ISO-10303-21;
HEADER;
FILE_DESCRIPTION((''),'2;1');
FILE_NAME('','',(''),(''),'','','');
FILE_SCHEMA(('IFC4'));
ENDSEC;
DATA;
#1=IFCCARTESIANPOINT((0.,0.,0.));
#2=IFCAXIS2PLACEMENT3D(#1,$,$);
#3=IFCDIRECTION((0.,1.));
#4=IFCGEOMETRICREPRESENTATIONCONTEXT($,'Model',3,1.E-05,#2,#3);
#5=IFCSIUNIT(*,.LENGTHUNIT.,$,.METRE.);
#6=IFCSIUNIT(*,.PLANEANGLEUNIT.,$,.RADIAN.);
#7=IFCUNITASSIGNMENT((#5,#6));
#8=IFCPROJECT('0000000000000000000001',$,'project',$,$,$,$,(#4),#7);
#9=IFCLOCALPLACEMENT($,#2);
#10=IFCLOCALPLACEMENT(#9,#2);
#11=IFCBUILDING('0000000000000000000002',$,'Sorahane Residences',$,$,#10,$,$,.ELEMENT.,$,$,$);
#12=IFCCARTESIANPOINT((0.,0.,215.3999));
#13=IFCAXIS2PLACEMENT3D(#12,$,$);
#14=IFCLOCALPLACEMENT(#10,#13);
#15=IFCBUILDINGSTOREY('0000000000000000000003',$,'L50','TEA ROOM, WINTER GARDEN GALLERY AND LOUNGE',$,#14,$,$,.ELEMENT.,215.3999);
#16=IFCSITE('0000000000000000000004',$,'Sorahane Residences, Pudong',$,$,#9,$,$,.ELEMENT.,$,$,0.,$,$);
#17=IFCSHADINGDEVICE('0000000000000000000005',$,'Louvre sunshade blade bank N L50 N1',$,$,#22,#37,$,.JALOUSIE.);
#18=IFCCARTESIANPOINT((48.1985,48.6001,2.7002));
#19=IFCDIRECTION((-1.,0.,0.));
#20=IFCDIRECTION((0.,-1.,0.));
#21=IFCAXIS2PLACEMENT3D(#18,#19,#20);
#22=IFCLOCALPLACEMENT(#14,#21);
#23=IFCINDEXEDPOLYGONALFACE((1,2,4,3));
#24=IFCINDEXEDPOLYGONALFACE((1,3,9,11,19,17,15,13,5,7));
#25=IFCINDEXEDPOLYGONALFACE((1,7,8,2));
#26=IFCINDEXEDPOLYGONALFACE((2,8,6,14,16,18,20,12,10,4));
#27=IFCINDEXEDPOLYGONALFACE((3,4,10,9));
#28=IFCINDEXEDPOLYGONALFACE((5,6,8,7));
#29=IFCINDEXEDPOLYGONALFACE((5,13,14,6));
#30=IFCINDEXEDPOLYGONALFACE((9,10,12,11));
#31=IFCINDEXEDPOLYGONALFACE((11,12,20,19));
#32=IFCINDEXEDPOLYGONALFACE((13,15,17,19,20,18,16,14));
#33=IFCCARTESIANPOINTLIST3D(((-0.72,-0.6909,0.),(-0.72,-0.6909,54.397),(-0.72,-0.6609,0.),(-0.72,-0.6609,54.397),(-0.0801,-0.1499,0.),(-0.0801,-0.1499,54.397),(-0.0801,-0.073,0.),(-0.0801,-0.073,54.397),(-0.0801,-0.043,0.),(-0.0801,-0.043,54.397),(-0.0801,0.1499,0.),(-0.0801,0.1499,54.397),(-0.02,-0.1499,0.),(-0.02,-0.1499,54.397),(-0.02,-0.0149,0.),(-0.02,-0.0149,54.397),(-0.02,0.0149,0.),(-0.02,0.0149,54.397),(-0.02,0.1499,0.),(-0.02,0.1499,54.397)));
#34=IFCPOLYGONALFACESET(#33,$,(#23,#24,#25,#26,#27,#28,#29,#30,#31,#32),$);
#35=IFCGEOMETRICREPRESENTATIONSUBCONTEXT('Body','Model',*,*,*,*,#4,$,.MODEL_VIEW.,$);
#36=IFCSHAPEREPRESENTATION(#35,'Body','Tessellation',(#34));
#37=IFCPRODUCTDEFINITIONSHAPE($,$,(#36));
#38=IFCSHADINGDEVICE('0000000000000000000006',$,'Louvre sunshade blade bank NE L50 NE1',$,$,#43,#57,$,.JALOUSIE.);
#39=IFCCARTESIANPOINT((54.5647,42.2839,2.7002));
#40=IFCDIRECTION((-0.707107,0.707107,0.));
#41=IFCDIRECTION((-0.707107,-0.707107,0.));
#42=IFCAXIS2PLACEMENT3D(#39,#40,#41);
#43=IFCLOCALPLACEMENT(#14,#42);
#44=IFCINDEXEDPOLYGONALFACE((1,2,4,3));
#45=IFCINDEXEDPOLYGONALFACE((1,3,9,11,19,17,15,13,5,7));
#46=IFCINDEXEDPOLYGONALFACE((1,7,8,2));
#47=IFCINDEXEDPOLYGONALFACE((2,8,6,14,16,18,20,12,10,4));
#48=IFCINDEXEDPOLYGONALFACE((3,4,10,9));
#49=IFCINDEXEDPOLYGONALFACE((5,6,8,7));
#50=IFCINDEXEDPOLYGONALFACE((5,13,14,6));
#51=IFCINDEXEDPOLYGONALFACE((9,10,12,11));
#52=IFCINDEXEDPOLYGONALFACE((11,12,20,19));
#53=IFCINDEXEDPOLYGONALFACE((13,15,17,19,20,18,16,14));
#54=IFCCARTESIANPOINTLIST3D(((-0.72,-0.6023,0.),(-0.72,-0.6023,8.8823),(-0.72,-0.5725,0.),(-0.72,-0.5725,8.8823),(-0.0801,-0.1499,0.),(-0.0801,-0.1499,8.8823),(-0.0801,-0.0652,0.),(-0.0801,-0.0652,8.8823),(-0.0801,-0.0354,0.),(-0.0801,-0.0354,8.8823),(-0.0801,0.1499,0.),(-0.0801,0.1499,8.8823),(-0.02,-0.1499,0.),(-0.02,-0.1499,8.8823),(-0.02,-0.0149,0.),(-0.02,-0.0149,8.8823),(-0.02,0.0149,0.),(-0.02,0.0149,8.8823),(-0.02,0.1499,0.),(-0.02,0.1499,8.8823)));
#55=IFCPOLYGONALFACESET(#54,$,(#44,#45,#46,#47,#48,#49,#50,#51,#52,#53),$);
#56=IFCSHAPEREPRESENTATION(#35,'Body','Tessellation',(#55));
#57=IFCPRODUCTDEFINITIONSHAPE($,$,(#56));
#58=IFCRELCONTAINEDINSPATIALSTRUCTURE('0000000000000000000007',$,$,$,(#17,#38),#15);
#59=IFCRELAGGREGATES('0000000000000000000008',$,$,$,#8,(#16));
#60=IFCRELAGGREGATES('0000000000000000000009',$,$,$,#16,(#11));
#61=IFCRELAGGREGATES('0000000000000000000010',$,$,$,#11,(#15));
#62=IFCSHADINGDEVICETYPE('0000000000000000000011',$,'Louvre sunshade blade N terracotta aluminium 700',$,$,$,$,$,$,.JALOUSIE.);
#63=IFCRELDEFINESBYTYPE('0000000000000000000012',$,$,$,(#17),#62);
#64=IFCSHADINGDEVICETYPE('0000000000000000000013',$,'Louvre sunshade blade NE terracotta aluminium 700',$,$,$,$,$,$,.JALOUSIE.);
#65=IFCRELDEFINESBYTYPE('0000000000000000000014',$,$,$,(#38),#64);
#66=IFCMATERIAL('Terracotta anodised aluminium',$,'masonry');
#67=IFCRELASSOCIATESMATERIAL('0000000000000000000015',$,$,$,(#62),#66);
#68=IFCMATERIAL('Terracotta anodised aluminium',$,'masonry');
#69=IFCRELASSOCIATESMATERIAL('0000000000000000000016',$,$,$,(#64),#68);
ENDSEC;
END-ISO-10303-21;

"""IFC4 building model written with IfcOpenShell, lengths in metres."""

from ifc_helpers import new_model, si_unit, direction, frame, origin, place, context, subcontext, project, spatial, polyline, outline, extrude, material, type_object, element, save


model = new_model("IFC4")

# Units and contexts
model_context = context("Model", 3, precision=1e-05, world=origin(), true_north=direction((0.0, 1.0)))
body_context = subcontext(model_context, "Body", "Model", "MODEL_VIEW")
ifc_project = project(units=[si_unit("LENGTHUNIT", "METRE"), si_unit("PLANEANGLEUNIT", "RADIAN")], contexts=[model_context])

# Site, building, storey
site_placement = place(None, origin())
site = spatial("IfcSite", under=ifc_project, at=site_placement, Name="Sorahane Residences, Pudong", CompositionType="ELEMENT", RefElevation=0.0)
building_placement = place(site_placement, origin())
building = spatial("IfcBuilding", under=site, at=building_placement, Name="Sorahane Residences", CompositionType="ELEMENT")
storey_placement = place(building_placement, frame((0.0, 0.0, 215.3999)))
storey = spatial("IfcBuildingStorey", under=building, at=storey_placement, Name="L50", Description="TEA ROOM, WINTER GARDEN GALLERY AND LOUNGE", CompositionType="ELEMENT", Elevation=215.3999)

# Shading devices
ifc_material_1 = material(Name="Terracotta anodised aluminium", Category="masonry")
shading_device_type_1 = type_object("IfcShadingDeviceType", Name="Louvre sunshade blade N terracotta aluminium 700", PredefinedType="JALOUSIE", material=ifc_material_1)
shading_device_1_placement = place(storey_placement, frame((48.1985, 48.6001, 2.7002), z_axis=(-1.0, 0.0, 0.0), x_axis=(0.0, -1.0, 0.0)))
element("IfcShadingDevice", 1, at=shading_device_1_placement, inside=storey, type_object=shading_device_type_1, Name="Louvre sunshade blade bank N L50 N1", PredefinedType="JALOUSIE", context=body_context, shape_type="SweptSolid", body=[
    extrude(outline(polyline([(-0.72, -0.6609), (-0.72, -0.6909), (-0.0801, -0.073), (-0.0801, -0.1499), (-0.02, -0.1499), (-0.02, -0.0149), (-0.02, 0.0149), (-0.02, 0.1499), (-0.0801, 0.1499), (-0.0801, -0.043), (-0.72, -0.6609)])), origin(), (0.0, 0.0, 1.0), 54.397),
])
ifc_material_2 = material(Name="Terracotta anodised aluminium", Category="masonry")
shading_device_type_2 = type_object("IfcShadingDeviceType", Name="Louvre sunshade blade NE terracotta aluminium 700", PredefinedType="JALOUSIE", material=ifc_material_2)
shading_device_2_placement = place(storey_placement, frame((54.5647, 42.2839, 2.7002), z_axis=(-0.707107, 0.707107, 0.0), x_axis=(-0.707107, -0.707107, 0.0)))
element("IfcShadingDevice", 2, at=shading_device_2_placement, inside=storey, type_object=shading_device_type_2, Name="Louvre sunshade blade bank NE L50 NE1", PredefinedType="JALOUSIE", context=body_context, shape_type="SweptSolid", body=[
    extrude(outline(polyline([(-0.72, -0.5725), (-0.72, -0.6023), (-0.0801, -0.0652), (-0.0801, -0.1499), (-0.02, -0.1499), (-0.02, -0.0149), (-0.02, 0.0149), (-0.02, 0.1499), (-0.0801, 0.1499), (-0.0801, -0.0354), (-0.72, -0.5725)])), origin(), (0.0, 0.0, 1.0), 8.8823),
])

save(model, "model.ifc")
